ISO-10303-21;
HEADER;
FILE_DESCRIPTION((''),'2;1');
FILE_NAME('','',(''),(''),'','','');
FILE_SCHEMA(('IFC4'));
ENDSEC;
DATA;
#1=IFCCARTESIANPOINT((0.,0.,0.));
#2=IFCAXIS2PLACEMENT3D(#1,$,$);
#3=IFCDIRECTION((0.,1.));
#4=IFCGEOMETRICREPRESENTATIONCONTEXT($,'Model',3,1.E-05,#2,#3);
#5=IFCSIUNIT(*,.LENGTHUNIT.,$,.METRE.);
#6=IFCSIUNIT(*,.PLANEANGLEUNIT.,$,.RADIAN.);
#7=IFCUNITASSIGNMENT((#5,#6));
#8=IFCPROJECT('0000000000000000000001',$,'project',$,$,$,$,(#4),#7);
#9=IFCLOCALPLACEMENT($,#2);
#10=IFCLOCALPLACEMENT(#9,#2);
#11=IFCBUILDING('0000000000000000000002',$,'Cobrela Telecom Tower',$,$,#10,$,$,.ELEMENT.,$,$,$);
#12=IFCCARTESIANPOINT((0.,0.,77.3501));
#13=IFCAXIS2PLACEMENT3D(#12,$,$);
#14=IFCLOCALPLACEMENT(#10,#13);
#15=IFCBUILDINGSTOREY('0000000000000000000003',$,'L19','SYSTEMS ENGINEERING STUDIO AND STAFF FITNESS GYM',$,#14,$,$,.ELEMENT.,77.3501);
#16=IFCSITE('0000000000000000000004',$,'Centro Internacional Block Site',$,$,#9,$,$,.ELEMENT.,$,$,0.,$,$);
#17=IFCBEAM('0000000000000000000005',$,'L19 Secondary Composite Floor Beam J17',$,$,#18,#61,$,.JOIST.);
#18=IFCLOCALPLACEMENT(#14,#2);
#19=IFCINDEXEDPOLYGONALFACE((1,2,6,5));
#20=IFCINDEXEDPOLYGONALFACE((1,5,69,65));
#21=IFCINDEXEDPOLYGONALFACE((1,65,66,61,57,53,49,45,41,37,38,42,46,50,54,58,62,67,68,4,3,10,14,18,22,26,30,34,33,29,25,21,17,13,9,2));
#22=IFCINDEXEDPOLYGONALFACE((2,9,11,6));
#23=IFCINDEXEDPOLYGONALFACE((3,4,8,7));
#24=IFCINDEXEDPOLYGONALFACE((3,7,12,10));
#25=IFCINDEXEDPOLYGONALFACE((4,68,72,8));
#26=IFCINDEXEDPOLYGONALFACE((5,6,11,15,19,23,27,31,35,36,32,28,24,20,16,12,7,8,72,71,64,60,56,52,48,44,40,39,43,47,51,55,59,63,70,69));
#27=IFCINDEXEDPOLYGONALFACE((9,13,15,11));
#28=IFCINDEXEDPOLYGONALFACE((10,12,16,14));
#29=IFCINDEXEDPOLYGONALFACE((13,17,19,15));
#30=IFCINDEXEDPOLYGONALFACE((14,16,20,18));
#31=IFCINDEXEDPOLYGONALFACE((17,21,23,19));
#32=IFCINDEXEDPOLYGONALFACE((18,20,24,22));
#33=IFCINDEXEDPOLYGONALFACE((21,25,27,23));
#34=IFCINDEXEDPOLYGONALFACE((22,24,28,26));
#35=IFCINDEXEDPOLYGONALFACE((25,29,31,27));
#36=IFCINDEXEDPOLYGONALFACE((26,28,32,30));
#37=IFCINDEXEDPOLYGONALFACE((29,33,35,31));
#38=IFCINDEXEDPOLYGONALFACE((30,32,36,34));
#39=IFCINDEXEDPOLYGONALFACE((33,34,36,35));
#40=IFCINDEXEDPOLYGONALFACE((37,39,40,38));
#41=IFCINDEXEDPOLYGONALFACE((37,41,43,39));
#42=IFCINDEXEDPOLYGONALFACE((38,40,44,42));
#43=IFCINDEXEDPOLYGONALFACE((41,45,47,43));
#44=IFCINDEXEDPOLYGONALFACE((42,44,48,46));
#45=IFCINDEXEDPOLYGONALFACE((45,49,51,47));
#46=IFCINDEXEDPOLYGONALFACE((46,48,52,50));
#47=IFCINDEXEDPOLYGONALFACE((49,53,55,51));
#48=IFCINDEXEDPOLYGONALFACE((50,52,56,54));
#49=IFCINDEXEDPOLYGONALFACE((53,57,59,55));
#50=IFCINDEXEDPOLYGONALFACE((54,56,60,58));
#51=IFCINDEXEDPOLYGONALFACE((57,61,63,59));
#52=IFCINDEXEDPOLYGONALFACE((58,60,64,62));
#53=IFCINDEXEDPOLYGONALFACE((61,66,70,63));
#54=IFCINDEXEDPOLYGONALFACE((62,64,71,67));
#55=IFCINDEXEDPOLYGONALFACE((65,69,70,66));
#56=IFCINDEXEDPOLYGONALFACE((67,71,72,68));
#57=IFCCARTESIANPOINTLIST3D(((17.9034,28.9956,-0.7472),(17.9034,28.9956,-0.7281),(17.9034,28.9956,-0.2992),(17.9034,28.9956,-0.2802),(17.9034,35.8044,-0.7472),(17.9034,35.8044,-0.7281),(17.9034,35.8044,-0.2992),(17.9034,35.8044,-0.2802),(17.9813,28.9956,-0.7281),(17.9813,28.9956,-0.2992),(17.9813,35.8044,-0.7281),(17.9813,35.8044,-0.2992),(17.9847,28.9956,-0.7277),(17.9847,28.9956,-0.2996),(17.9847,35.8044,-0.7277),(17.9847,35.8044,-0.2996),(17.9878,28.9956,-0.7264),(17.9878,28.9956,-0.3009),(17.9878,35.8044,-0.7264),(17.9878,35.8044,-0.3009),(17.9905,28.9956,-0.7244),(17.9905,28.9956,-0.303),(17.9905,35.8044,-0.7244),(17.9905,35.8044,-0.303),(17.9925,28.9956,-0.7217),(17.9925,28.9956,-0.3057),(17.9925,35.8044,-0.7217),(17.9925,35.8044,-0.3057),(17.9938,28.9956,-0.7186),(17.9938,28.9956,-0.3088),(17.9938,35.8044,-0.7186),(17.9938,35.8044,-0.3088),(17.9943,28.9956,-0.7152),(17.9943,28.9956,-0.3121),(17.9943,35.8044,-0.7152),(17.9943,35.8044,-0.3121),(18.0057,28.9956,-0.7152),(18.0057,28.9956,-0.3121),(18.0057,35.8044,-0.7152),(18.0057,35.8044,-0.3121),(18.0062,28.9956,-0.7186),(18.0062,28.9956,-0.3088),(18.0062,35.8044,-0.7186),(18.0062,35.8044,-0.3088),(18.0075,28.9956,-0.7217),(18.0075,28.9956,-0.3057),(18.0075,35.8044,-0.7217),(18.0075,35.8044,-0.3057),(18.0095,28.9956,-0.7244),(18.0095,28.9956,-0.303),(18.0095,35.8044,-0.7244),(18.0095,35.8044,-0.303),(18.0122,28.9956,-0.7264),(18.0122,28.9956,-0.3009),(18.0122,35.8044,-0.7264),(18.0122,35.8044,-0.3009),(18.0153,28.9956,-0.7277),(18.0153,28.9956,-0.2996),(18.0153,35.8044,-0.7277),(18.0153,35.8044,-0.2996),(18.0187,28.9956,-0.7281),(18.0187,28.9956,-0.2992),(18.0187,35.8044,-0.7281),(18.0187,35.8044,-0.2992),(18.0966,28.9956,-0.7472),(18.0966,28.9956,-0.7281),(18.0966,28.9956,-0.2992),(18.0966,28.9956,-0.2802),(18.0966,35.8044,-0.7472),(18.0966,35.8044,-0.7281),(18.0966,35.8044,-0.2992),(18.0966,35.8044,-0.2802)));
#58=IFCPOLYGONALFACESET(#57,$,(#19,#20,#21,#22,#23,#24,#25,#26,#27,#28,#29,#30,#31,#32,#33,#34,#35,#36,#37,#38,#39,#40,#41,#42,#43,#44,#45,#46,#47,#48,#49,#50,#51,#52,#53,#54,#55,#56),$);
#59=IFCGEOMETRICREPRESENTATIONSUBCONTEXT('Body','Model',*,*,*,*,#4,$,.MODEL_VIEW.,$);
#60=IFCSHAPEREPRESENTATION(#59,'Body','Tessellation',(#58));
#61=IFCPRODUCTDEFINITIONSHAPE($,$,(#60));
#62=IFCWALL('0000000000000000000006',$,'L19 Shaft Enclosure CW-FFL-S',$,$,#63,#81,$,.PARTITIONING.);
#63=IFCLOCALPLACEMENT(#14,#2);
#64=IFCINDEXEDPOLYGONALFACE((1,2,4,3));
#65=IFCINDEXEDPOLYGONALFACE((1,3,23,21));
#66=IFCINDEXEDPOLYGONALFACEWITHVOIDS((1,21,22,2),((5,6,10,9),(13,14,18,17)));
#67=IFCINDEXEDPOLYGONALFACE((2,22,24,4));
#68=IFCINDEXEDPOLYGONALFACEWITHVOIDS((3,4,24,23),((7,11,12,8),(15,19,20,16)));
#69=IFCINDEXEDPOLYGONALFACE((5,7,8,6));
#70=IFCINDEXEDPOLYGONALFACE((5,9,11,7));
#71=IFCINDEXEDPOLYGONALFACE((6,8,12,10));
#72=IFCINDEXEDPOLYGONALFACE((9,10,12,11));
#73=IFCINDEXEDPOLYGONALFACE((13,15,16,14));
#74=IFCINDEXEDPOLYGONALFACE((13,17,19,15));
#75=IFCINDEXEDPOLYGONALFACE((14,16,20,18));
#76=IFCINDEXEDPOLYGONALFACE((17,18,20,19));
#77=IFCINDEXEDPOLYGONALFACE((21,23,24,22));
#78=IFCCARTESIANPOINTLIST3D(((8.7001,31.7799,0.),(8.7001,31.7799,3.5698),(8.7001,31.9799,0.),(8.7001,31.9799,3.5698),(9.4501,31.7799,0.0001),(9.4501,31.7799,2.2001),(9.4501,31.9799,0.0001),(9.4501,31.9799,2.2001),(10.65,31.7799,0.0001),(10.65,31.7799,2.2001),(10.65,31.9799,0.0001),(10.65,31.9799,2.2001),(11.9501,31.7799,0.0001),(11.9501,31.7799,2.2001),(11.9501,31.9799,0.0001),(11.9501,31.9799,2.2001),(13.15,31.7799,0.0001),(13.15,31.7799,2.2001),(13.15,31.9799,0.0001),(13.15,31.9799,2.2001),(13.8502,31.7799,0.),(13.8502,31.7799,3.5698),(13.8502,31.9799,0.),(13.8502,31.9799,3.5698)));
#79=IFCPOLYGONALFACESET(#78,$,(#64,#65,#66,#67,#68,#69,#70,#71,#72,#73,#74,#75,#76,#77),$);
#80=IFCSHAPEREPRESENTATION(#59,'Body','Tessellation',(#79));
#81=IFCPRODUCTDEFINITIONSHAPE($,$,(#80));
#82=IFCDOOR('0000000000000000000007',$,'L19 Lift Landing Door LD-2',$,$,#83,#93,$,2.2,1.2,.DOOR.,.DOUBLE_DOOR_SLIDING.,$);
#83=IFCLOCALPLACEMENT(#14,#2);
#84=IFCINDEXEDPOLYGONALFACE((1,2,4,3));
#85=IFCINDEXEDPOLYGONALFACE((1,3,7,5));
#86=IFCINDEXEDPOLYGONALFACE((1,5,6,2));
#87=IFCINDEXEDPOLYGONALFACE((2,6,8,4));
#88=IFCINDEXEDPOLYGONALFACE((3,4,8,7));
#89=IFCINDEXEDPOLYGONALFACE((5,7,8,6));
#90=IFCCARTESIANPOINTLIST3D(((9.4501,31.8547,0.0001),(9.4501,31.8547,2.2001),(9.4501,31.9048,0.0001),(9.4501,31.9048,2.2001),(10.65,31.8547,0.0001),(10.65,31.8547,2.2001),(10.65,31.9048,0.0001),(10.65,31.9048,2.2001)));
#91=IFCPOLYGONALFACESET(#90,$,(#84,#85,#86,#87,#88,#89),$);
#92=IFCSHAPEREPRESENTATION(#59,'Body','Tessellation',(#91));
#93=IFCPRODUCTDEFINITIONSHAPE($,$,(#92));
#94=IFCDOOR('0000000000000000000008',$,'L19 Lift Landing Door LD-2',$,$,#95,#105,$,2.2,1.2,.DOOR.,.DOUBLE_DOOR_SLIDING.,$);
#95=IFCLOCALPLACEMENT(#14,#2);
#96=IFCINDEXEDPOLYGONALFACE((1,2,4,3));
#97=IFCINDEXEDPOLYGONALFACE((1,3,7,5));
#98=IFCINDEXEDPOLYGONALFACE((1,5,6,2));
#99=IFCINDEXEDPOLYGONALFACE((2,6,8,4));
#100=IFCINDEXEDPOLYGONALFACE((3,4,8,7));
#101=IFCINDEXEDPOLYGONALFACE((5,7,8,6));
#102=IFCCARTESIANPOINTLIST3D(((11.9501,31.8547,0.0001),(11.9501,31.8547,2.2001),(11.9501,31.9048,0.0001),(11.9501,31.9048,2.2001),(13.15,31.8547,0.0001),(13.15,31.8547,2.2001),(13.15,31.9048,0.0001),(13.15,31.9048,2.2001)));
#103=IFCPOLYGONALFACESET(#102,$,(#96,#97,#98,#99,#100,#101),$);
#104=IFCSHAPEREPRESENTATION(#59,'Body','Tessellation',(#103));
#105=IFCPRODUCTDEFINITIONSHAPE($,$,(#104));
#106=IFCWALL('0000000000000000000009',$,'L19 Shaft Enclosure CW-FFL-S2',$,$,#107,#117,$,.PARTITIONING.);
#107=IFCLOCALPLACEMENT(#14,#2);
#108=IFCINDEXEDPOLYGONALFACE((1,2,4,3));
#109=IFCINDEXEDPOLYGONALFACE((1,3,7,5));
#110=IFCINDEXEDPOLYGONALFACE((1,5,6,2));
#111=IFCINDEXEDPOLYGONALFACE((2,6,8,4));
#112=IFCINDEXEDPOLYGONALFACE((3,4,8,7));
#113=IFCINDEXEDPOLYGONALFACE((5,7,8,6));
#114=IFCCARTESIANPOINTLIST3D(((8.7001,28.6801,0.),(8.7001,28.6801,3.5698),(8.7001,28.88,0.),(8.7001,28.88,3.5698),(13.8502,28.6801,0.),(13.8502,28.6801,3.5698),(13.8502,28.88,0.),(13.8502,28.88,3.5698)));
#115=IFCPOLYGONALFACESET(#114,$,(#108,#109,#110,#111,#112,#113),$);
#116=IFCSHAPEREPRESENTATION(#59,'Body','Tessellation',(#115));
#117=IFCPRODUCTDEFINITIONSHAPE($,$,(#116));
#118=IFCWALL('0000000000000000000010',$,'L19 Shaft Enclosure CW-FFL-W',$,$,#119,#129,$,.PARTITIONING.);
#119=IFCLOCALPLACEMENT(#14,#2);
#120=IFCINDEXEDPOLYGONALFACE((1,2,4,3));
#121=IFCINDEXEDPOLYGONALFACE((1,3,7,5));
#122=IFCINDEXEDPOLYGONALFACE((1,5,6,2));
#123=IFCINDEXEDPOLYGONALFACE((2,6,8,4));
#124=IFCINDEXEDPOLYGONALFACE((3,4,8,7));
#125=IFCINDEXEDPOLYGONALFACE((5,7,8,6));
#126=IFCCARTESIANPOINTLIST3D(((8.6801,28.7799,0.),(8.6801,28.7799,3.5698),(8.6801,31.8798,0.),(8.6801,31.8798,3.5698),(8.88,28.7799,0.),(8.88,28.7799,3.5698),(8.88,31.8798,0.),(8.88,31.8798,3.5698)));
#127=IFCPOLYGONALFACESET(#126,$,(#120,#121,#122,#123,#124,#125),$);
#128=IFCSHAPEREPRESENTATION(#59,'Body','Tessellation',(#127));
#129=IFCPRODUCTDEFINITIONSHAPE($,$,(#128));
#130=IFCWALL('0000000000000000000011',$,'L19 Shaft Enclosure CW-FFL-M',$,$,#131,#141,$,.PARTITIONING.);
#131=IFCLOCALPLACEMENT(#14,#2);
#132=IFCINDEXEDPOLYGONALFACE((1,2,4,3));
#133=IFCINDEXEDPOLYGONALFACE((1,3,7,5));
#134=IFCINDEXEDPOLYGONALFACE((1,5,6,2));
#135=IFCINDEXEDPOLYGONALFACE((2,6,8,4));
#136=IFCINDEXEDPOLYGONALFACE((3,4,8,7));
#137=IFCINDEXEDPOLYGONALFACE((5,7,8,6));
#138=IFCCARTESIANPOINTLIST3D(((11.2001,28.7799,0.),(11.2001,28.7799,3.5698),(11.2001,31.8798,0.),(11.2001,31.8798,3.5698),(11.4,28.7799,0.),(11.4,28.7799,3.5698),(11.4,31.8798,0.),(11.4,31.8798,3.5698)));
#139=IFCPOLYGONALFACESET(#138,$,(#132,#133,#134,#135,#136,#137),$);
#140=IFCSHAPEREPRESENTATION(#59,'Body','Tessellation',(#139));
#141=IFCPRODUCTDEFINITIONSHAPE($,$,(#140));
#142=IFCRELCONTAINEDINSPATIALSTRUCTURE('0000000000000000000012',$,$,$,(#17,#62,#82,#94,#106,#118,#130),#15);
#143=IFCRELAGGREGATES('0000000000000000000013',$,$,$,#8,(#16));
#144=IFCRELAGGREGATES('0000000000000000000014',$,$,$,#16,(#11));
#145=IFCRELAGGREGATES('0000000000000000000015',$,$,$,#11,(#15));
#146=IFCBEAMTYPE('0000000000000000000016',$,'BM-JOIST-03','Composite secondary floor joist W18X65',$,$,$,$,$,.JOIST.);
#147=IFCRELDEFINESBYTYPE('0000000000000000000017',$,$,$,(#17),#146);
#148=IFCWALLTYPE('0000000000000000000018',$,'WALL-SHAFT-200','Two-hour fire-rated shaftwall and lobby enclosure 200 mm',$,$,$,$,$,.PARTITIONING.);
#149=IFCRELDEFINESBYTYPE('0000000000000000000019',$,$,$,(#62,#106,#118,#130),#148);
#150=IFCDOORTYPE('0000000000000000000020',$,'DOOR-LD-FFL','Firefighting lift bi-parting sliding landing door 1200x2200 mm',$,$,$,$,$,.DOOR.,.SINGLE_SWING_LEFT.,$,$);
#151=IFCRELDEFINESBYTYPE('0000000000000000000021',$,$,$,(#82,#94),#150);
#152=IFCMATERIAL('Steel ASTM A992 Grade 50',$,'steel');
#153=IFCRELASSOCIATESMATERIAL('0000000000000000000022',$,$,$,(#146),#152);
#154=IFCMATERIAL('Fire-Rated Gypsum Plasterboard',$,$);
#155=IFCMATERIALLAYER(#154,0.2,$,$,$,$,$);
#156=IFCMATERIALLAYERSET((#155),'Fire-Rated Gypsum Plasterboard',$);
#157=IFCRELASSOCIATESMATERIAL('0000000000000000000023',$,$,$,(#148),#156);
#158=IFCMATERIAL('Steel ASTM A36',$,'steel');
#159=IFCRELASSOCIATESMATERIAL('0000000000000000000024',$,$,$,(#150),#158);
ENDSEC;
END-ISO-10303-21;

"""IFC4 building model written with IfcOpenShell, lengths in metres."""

from ifc_helpers import new_model, si_unit, direction, frame, frame_2d, origin, origin_2d, place, context, subcontext, project, spatial, rectangle, i_section, extrude, material, layer, layer_set, material_profile, profile_set, type_object, element, fill, save


model = new_model("IFC4")

# Units and contexts
model_context = context("Model", 3, precision=1e-05, world=origin(), true_north=direction((0.0, 1.0)))
body_context = subcontext(model_context, "Body", "Model", "MODEL_VIEW")
ifc_project = project(units=[si_unit("LENGTHUNIT", "METRE"), si_unit("PLANEANGLEUNIT", "RADIAN")], contexts=[model_context])

# Site, building, storey
site_placement = place(None, origin())
site = spatial("IfcSite", under=ifc_project, at=site_placement, Name="Centro Internacional Block Site", CompositionType="ELEMENT", RefElevation=0.0)
building_placement = place(site_placement, origin())
building = spatial("IfcBuilding", under=site, at=building_placement, Name="Cobrela Telecom Tower", CompositionType="ELEMENT")
storey_placement = place(building_placement, frame((0.0, 0.0, 77.3501)))
storey = spatial("IfcBuildingStorey", under=building, at=storey_placement, Name="L19", Description="SYSTEMS ENGINEERING STUDIO AND STAFF FITNESS GYM", CompositionType="ELEMENT", Elevation=77.3501)

# Beam
ifc_material_1 = material(Name="Steel ASTM A992 Grade 50", Category="steel")
ifc_material_profile_1 = material_profile(ifc_material_1, i_section(OverallWidth=0.1931, OverallDepth=0.467, WebThickness=0.0115, FlangeThickness=0.019, FilletRadius=0.0129, at=origin_2d()), Name="W18X65")
ifc_profile_set_1 = profile_set([ifc_material_profile_1], Name="Steel ASTM A992 Grade 50")
beam_type_1 = type_object("IfcBeamType", Name="BM-JOIST-03", Description="Composite secondary floor joist W18X65", PredefinedType="JOIST", material=ifc_profile_set_1)
for number, where, z_axis, x_axis, name in (
    (1, (18.0, 28.9956, -0.5137), (0.0, 1.0, 0.0), (-1.0, 0.0, 0.0), "L19 Secondary Composite Floor Beam J17"),
):
    element("IfcBeam", number, at=place(storey_placement, frame(where, z_axis=z_axis, x_axis=x_axis)), inside=storey, type_object=beam_type_1, Name=name, PredefinedType="JOIST", context=body_context, shape_type="SweptSolid", body=[
        extrude(i_section(OverallWidth=0.1931, OverallDepth=0.467, WebThickness=0.0115, FlangeThickness=0.019, FilletRadius=0.0129, at=origin_2d()), origin(), (0.0, 0.0, 1.0), 6.8088),
    ])

# Wall, openings, doors
ifc_material_2 = material(Name="Steel ASTM A36", Category="steel")
ifc_material_3 = material(Name="Fire-Rated Gypsum Plasterboard")
ifc_layer_1 = layer(ifc_material_3, 0.2)
ifc_layer_set_1 = layer_set([ifc_layer_1], Name="Fire-Rated Gypsum Plasterboard")
wall_type_1 = type_object("IfcWallType", Name="WALL-SHAFT-200", Description="Two-hour fire-rated shaftwall and lobby enclosure 200 mm", PredefinedType="PARTITIONING", material=ifc_layer_set_1)
wall_1_placement = place(storey_placement, frame((8.7, 31.8799, 0.0), z_axis=(0.0, 0.0, 1.0), x_axis=(1.0, 0.0, 0.0)))
wall_1 = element("IfcWall", 2, at=wall_1_placement, inside=storey, type_object=wall_type_1, Name="L19 Shaft Enclosure CW-FFL-S", PredefinedType="PARTITIONING", context=body_context, shape_type="SweptSolid", body=[
    extrude(rectangle(XDim=5.1501, YDim=0.2, at=frame_2d((2.5752, 0.0))), origin(), (0.0, 0.0, 1.0), 3.5698),
])
opening_1_placement = place(wall_1_placement, frame((0.75, 0.0, 0.0)))
opening_1 = element("IfcOpeningElement", 3, at=opening_1_placement, cuts=wall_1, PredefinedType="OPENING", context=body_context, shape_type="SweptSolid", body=[
    extrude(rectangle(XDim=1.2, YDim=2.2, at=frame_2d((0.6001, 1.1001))), frame((0.0, 0.1118, 0.0), z_axis=(0.0, -1.0, 0.0), x_axis=(1.0, 0.0, 0.0)), (0.0, 0.0, 1.0), 0.2239),
])
opening_2_placement = place(wall_1_placement, frame((3.25, 0.0, 0.0)))
opening_2 = element("IfcOpeningElement", 4, at=opening_2_placement, cuts=wall_1, PredefinedType="OPENING", context=body_context, shape_type="SweptSolid", body=[
    extrude(rectangle(XDim=1.2, YDim=2.2, at=frame_2d((0.6001, 1.1001))), frame((0.0, 0.1118, 0.0), z_axis=(0.0, -1.0, 0.0), x_axis=(1.0, 0.0, 0.0)), (0.0, 0.0, 1.0), 0.2239),
])
door_type_1 = type_object("IfcDoorType", Name="DOOR-LD-FFL", Description="Firefighting lift bi-parting sliding landing door 1200x2200 mm", OperationType="SINGLE_SWING_LEFT", PredefinedType="DOOR", material=ifc_material_2)
door_1_placement = place(opening_1_placement, origin())
door_1 = element("IfcDoor", 5, at=door_1_placement, inside=storey, type_object=door_type_1, Name="L19 Lift Landing Door LD-2", OperationType="DOUBLE_DOOR_SLIDING", OverallHeight=2.2, OverallWidth=1.2, PredefinedType="DOOR", context=body_context, shape_type="SweptSolid", body=[
    extrude(rectangle(XDim=1.2, YDim=2.2, at=frame_2d((0.6001, 1.1001))), frame((0.0, 0.0249, 0.0), z_axis=(0.0, -1.0, 0.0), x_axis=(1.0, 0.0, 0.0)), (0.0, 0.0, 1.0), 0.05),
])
fill(opening_1, door_1)
door_2_placement = place(opening_2_placement, origin())
door_2 = element("IfcDoor", 6, at=door_2_placement, inside=storey, type_object=door_type_1, Name="L19 Lift Landing Door LD-2", OperationType="DOUBLE_DOOR_SLIDING", OverallHeight=2.2, OverallWidth=1.2, PredefinedType="DOOR", context=body_context, shape_type="SweptSolid", body=[
    extrude(rectangle(XDim=1.2, YDim=2.2, at=frame_2d((0.6001, 1.1001))), frame((0.0, 0.0249, 0.0), z_axis=(0.0, -1.0, 0.0), x_axis=(1.0, 0.0, 0.0)), (0.0, 0.0, 1.0), 0.05),
])
fill(opening_2, door_2)

# Walls
wall_2_placement = place(storey_placement, frame((8.7, 28.78, 0.0), z_axis=(0.0, 0.0, 1.0), x_axis=(1.0, 0.0, 0.0)))
element("IfcWall", 7, at=wall_2_placement, inside=storey, type_object=wall_type_1, Name="L19 Shaft Enclosure CW-FFL-S2", PredefinedType="PARTITIONING", context=body_context, shape_type="SweptSolid", body=[
    extrude(rectangle(XDim=5.1501, YDim=0.2, at=frame_2d((2.5752, 0.0))), origin(), (0.0, 0.0, 1.0), 3.5698),
])
for number, where, z_axis, x_axis, name in (
    (8, (8.78, 28.78, 0.0), (0.0, 0.0, 1.0), (0.0, 1.0, 0.0), "L19 Shaft Enclosure CW-FFL-W"),
    (9, (11.3, 28.78, 0.0), (0.0, 0.0, 1.0), (0.0, 1.0, 0.0), "L19 Shaft Enclosure CW-FFL-M"),
):
    element("IfcWall", number, at=place(storey_placement, frame(where, z_axis=z_axis, x_axis=x_axis)), inside=storey, type_object=wall_type_1, Name=name, PredefinedType="PARTITIONING", context=body_context, shape_type="SweptSolid", body=[
        extrude(rectangle(XDim=3.0999, YDim=0.2, at=frame_2d((1.5498, 0.0))), origin(), (0.0, 0.0, 1.0), 3.5698),
    ])

save(model, "model.ifc")
